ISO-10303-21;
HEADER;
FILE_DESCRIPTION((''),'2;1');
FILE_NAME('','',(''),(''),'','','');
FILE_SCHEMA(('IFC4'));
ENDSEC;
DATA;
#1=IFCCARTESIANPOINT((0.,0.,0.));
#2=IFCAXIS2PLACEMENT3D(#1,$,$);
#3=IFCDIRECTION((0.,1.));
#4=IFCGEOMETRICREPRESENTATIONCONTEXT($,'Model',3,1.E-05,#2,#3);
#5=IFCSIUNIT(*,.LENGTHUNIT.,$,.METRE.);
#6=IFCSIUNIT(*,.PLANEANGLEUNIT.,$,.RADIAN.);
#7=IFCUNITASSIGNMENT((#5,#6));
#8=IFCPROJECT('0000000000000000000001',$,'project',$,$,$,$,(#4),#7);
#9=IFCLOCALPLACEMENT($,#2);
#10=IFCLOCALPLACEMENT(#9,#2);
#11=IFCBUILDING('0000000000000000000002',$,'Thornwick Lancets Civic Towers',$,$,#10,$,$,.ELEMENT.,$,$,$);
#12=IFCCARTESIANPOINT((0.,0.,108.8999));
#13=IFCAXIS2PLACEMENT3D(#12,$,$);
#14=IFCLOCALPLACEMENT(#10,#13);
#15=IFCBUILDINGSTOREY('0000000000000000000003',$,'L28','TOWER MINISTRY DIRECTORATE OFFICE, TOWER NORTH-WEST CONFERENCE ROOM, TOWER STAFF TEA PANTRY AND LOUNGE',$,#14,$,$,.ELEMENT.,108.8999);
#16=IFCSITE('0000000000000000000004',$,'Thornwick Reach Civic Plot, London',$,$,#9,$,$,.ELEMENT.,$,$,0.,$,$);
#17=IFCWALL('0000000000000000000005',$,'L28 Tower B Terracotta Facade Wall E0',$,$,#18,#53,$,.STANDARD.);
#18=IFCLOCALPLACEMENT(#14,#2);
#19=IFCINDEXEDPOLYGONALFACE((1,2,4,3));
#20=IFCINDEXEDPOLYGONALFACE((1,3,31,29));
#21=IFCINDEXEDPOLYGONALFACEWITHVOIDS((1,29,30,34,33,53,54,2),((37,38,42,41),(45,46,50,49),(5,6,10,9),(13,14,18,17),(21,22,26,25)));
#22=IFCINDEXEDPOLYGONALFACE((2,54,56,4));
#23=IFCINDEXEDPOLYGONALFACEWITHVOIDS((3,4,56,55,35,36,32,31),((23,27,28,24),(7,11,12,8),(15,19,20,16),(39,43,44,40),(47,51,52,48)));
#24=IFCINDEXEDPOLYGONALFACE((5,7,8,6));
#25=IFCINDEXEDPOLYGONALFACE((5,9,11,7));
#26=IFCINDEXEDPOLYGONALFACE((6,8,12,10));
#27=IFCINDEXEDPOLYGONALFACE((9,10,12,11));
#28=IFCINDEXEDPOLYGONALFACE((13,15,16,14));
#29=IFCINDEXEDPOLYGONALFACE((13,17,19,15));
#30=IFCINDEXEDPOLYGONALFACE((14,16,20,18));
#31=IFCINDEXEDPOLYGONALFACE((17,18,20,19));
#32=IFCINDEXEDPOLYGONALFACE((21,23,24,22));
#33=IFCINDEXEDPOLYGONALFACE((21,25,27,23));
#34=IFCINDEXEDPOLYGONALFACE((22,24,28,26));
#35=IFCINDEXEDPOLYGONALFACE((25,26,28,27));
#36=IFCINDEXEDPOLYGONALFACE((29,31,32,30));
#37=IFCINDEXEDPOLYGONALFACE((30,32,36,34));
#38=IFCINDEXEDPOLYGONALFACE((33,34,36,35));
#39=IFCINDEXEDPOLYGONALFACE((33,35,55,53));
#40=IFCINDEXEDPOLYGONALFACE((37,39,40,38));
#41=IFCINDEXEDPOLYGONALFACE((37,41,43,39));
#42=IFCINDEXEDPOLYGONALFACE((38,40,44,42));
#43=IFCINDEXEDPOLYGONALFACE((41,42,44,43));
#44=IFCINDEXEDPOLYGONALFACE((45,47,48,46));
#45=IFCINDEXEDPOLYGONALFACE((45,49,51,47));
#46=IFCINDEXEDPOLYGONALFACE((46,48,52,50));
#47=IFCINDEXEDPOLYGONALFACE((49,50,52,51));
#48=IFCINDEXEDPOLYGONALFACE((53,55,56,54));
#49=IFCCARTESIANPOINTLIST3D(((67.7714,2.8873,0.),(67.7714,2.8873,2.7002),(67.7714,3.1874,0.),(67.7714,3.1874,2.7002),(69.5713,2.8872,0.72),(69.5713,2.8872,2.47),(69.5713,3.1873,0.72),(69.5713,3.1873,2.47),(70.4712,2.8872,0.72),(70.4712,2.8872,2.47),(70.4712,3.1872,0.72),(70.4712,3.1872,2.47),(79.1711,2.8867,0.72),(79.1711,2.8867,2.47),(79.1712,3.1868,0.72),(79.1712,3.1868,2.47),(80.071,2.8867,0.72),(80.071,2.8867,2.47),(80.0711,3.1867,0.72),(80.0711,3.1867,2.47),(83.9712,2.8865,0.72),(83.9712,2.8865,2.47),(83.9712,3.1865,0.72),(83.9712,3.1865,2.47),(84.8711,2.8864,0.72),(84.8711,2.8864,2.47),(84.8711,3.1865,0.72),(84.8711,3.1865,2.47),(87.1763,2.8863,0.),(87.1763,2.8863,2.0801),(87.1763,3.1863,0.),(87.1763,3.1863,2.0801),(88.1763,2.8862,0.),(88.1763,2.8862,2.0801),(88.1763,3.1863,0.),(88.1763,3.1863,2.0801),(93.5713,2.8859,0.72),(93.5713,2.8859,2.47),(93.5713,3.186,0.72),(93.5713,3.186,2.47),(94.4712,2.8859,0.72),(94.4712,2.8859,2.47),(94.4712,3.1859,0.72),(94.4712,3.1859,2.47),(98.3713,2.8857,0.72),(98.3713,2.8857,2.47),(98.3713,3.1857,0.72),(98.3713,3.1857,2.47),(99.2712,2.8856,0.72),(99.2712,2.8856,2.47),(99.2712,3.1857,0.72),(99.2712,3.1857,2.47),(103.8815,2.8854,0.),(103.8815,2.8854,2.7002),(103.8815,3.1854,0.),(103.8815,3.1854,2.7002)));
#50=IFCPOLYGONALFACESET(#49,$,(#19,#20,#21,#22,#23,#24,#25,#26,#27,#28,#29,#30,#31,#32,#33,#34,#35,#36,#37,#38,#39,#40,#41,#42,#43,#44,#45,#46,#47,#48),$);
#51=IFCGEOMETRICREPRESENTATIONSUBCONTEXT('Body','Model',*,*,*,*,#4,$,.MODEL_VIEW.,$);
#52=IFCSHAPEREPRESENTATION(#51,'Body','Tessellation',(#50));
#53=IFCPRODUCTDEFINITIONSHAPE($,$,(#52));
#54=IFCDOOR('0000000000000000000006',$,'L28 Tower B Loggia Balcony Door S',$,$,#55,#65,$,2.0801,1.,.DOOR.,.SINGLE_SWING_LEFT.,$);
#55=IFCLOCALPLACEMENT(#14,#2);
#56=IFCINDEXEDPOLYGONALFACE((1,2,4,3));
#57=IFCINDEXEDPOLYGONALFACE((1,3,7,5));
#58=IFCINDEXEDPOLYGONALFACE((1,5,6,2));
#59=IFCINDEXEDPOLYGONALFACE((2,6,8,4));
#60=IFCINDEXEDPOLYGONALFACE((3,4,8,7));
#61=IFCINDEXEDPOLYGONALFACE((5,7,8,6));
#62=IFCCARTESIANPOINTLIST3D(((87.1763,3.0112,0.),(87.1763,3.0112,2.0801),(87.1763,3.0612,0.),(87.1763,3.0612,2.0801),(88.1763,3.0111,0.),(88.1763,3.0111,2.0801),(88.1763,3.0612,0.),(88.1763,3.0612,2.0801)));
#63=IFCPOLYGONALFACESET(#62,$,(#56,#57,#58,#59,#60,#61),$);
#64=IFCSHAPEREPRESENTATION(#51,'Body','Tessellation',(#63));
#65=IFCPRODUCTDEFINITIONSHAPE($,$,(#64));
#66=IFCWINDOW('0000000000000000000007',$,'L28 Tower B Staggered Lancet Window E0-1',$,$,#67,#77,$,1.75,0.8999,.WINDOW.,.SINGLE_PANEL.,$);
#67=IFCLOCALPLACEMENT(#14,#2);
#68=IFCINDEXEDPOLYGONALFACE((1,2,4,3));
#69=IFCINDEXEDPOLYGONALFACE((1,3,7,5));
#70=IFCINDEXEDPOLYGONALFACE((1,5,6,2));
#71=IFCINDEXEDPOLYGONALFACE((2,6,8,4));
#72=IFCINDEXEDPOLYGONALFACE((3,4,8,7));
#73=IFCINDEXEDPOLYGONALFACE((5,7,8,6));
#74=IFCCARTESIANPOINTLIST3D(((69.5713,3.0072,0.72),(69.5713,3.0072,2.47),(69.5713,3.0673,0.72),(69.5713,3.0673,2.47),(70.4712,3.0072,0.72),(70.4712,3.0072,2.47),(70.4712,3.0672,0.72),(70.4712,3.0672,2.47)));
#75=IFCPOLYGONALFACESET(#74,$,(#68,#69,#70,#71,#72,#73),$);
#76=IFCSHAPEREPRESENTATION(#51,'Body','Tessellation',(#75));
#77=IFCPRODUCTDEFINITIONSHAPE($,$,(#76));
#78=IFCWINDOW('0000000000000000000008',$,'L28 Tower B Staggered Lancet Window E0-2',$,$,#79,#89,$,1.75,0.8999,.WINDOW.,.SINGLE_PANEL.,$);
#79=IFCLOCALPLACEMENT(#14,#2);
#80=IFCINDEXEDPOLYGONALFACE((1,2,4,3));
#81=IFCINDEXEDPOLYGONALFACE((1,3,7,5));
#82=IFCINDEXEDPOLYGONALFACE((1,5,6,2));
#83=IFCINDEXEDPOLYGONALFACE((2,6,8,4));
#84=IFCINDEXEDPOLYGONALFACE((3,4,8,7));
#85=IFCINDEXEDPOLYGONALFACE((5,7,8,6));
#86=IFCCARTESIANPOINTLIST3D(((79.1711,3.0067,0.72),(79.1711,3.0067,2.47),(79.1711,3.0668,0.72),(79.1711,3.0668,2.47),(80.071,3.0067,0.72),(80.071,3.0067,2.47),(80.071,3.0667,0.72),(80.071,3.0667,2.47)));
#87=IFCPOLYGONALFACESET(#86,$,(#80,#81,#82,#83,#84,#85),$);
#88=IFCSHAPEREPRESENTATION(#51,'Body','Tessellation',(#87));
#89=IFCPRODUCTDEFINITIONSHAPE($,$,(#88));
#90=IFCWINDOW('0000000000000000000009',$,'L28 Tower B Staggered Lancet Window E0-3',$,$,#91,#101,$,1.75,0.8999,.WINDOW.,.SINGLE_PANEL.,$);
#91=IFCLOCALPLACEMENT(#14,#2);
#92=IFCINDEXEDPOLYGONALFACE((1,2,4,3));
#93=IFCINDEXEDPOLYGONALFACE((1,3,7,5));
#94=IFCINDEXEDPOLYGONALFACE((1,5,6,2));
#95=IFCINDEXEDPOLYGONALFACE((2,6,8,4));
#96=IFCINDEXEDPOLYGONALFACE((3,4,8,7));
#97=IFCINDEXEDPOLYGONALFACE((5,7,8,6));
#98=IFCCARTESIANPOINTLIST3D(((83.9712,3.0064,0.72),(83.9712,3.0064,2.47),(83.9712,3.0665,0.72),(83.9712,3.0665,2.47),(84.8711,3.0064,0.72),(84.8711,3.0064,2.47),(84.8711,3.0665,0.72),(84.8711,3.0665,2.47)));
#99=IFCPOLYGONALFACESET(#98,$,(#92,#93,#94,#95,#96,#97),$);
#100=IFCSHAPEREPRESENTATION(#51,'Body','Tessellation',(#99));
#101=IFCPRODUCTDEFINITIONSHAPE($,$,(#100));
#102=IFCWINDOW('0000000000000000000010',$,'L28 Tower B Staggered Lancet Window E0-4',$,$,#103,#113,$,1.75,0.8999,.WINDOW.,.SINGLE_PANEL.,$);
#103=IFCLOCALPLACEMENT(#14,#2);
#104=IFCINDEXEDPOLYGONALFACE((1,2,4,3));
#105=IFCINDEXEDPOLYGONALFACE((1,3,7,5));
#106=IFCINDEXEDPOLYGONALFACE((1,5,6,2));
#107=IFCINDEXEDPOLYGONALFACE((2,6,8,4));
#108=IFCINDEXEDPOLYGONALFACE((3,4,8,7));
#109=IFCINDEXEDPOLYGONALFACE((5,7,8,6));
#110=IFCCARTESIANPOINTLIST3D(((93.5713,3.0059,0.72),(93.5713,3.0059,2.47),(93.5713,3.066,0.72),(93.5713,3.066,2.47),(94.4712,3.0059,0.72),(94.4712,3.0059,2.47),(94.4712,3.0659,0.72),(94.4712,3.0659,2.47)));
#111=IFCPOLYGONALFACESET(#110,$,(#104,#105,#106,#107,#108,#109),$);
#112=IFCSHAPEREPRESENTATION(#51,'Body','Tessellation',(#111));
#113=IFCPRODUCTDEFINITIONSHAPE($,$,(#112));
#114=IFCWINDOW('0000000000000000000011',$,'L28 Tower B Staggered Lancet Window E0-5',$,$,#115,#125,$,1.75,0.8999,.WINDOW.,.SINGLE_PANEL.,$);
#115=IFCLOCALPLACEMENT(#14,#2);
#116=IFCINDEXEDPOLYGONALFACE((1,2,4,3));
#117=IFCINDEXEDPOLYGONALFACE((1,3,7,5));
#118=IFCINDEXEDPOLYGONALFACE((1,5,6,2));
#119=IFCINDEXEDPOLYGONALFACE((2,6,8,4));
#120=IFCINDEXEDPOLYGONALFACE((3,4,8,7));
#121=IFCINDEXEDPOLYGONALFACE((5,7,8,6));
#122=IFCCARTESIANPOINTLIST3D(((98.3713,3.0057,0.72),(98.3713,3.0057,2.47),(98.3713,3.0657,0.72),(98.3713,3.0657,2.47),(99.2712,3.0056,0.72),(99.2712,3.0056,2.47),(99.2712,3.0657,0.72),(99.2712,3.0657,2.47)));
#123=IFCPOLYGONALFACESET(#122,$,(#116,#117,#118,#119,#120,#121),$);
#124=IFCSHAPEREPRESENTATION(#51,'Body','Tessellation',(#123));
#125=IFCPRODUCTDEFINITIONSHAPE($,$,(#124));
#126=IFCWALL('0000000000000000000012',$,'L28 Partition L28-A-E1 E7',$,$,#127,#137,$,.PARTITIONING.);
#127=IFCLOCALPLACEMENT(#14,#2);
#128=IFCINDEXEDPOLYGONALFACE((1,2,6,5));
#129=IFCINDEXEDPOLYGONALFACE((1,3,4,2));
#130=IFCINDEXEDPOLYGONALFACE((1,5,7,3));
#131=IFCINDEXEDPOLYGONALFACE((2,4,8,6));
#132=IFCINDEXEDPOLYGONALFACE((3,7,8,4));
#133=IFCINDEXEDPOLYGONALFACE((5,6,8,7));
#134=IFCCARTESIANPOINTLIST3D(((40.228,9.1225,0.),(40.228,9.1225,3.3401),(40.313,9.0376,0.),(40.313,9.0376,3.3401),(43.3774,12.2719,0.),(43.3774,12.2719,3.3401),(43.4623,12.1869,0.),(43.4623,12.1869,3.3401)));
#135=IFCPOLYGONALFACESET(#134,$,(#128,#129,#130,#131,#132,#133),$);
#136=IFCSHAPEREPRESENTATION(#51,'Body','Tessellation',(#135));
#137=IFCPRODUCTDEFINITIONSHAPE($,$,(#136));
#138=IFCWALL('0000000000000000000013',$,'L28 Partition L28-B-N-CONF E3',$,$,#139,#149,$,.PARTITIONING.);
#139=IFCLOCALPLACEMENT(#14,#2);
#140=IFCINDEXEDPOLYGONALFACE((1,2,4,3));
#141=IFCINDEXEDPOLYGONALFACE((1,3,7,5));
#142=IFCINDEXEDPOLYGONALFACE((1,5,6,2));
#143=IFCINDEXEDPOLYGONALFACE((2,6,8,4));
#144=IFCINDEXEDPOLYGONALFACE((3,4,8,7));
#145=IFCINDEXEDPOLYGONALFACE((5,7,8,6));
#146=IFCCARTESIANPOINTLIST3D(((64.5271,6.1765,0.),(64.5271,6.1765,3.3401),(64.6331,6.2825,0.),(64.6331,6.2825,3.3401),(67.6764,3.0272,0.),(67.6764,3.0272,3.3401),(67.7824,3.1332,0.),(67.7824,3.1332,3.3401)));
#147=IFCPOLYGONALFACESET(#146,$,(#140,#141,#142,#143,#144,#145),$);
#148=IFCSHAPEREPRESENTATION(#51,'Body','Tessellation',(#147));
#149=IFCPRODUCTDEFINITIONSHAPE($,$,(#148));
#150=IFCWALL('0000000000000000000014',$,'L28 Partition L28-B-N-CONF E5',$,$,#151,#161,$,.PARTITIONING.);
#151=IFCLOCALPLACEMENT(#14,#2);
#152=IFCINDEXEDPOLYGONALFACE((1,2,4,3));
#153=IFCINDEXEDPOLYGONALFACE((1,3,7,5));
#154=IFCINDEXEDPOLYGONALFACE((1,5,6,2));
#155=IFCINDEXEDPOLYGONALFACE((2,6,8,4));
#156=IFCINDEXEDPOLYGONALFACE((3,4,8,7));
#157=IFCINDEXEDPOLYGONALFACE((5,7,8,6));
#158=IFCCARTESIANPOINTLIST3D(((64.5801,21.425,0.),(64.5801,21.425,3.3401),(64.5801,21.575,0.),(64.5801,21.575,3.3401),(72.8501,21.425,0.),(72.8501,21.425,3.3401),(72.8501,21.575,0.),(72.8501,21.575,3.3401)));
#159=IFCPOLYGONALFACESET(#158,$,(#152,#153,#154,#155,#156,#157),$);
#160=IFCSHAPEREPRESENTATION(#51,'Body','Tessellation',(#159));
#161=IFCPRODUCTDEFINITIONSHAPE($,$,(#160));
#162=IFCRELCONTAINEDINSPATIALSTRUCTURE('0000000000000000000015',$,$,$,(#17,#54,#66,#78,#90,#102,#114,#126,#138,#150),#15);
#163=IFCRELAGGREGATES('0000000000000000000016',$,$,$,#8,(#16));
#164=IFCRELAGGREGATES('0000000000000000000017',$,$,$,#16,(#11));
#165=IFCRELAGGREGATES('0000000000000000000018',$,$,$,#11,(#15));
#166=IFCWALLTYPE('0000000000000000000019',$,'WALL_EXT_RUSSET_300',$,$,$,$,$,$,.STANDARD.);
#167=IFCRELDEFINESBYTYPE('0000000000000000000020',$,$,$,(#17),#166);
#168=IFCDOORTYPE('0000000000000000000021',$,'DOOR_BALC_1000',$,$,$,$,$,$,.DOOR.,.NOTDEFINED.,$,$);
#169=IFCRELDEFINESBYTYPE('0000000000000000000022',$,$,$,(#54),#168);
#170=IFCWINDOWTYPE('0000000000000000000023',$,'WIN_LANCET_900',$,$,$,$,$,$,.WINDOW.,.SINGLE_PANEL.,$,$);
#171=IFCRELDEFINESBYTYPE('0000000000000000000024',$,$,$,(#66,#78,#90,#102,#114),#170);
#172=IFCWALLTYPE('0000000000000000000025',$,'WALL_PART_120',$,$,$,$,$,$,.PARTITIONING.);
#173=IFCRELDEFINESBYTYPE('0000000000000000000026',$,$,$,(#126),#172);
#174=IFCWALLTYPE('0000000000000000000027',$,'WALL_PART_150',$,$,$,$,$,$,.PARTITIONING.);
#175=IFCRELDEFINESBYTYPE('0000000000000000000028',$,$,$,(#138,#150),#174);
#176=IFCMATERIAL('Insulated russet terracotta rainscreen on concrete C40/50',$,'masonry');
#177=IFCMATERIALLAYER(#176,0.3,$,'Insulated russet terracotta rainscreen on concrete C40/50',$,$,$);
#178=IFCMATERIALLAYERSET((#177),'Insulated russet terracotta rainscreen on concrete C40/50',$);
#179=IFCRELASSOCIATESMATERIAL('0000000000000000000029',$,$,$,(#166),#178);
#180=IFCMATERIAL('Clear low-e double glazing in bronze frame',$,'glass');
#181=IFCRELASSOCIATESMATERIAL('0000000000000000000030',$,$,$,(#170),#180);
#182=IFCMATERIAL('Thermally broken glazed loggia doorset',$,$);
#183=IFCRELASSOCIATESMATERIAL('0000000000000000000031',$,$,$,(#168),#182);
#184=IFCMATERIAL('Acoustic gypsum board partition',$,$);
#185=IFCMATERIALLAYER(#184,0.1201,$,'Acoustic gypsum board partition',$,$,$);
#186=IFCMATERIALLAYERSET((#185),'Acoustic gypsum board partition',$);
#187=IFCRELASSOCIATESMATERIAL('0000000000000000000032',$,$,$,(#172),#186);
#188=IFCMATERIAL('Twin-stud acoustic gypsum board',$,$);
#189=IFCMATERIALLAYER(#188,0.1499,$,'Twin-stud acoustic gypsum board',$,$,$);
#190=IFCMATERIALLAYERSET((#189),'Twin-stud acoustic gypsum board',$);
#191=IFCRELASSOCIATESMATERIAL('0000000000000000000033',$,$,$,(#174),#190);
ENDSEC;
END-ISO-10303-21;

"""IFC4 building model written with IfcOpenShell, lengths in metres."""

from ifc_helpers import new_model, si_unit, direction, frame, frame_2d, origin, place, context, subcontext, project, spatial, rectangle, extrude, material, layer, layer_set, type_object, element, fill, save


model = new_model("IFC4")

# Units and contexts
model_context = context("Model", 3, precision=1e-05, world=origin(), true_north=direction((0.0, 1.0)))
body_context = subcontext(model_context, "Body", "Model", "MODEL_VIEW")
ifc_project = project(units=[si_unit("LENGTHUNIT", "METRE"), si_unit("PLANEANGLEUNIT", "RADIAN")], contexts=[model_context])

# Site, building, storey
site_placement = place(None, origin())
site = spatial("IfcSite", under=ifc_project, at=site_placement, Name="Thornwick Reach Civic Plot, London", CompositionType="ELEMENT", RefElevation=0.0)
building_placement = place(site_placement, origin())
building = spatial("IfcBuilding", under=site, at=building_placement, Name="Thornwick Lancets Civic Towers", CompositionType="ELEMENT")
storey_placement = place(building_placement, frame((0.0, 0.0, 108.8999)))
storey = spatial("IfcBuildingStorey", under=building, at=storey_placement, Name="L28", Description="TOWER MINISTRY DIRECTORATE OFFICE, TOWER NORTH-WEST CONFERENCE ROOM, TOWER STAFF TEA PANTRY AND LOUNGE", CompositionType="ELEMENT", Elevation=108.8999)

# Shared definitions
ifc_material_1 = material(Name="Insulated russet terracotta rainscreen on concrete C40/50", Category="masonry")
ifc_layer_1 = layer(ifc_material_1, 0.3, Name="Insulated russet terracotta rainscreen on concrete C40/50")
ifc_layer_set_1 = layer_set([ifc_layer_1], Name="Insulated russet terracotta rainscreen on concrete C40/50")
wall_type_1 = type_object("IfcWallType", Name="WALL_EXT_RUSSET_300", PredefinedType="STANDARD", material=ifc_layer_set_1)
ifc_material_2 = material(Name="Clear low-e double glazing in bronze frame", Category="glass")
window_type = type_object("IfcWindowType", Name="WIN_LANCET_900", PartitioningType="SINGLE_PANEL", PredefinedType="WINDOW", material=ifc_material_2)

# Wall, openings, door, windows
wall_1_placement = place(storey_placement, frame((67.7712, 3.0374, 0.0), z_axis=(0.0, 0.0, 1.0), x_axis=(1.0, -0.000054, 0.0)))
wall_1 = element("IfcWall", 1, at=wall_1_placement, inside=storey, type_object=wall_type_1, Name="L28 Tower B Terracotta Facade Wall E0", PredefinedType="STANDARD", context=body_context, shape_type="SweptSolid", body=[
    extrude(rectangle(XDim=36.1101, YDim=0.3, at=frame_2d((18.0552, 0.0))), origin(), (0.0, 0.0, 1.0), 2.7002),
])
opening_1_placement = place(wall_1_placement, frame((19.405, 0.0, 0.0)))
opening_1 = element("IfcOpeningElement", 2, at=opening_1_placement, cuts=wall_1, PredefinedType="OPENING", context=body_context, shape_type="SweptSolid", body=[
    extrude(rectangle(XDim=1.0, YDim=2.0801, at=frame_2d((0.5, 1.04))), frame((0.0, 0.1602, 0.0), z_axis=(0.0, -1.0, 0.0), x_axis=(1.0, 0.0, 0.0)), (0.0, 0.0, 1.0), 0.3201),
])
opening_2_placement = place(wall_1_placement, frame((1.8, 0.0, 0.72)))
opening_2 = element("IfcOpeningElement", 3, at=opening_2_placement, cuts=wall_1, PredefinedType="OPENING", context=body_context, shape_type="SweptSolid", body=[
    extrude(rectangle(XDim=0.8999, YDim=1.75, at=frame_2d((0.45, 0.875))), frame((0.0, 0.1602, 0.0), z_axis=(0.0, -1.0, 0.0), x_axis=(1.0, 0.0, 0.0)), (0.0, 0.0, 1.0), 0.3201),
])
opening_3_placement = place(wall_1_placement, frame((11.3999, 0.0, 0.72)))
opening_3 = element("IfcOpeningElement", 4, at=opening_3_placement, cuts=wall_1, PredefinedType="OPENING", context=body_context, shape_type="SweptSolid", body=[
    extrude(rectangle(XDim=0.8999, YDim=1.75, at=frame_2d((0.45, 0.875))), frame((0.0, 0.1602, 0.0), z_axis=(0.0, -1.0, 0.0), x_axis=(1.0, 0.0, 0.0)), (0.0, 0.0, 1.0), 0.3201),
])
opening_4_placement = place(wall_1_placement, frame((16.2, 0.0, 0.72)))
opening_4 = element("IfcOpeningElement", 5, at=opening_4_placement, cuts=wall_1, PredefinedType="OPENING", context=body_context, shape_type="SweptSolid", body=[
    extrude(rectangle(XDim=0.8999, YDim=1.75, at=frame_2d((0.45, 0.875))), frame((0.0, 0.1602, 0.0), z_axis=(0.0, -1.0, 0.0), x_axis=(1.0, 0.0, 0.0)), (0.0, 0.0, 1.0), 0.3201),
])
opening_5_placement = place(wall_1_placement, frame((25.8, 0.0, 0.72)))
opening_5 = element("IfcOpeningElement", 6, at=opening_5_placement, cuts=wall_1, PredefinedType="OPENING", context=body_context, shape_type="SweptSolid", body=[
    extrude(rectangle(XDim=0.8999, YDim=1.75, at=frame_2d((0.45, 0.875))), frame((0.0, 0.1602, 0.0), z_axis=(0.0, -1.0, 0.0), x_axis=(1.0, 0.0, 0.0)), (0.0, 0.0, 1.0), 0.3201),
])
opening_6_placement = place(wall_1_placement, frame((30.6001, 0.0, 0.72)))
opening_6 = element("IfcOpeningElement", 7, at=opening_6_placement, cuts=wall_1, PredefinedType="OPENING", context=body_context, shape_type="SweptSolid", body=[
    extrude(rectangle(XDim=0.8999, YDim=1.75, at=frame_2d((0.45, 0.875))), frame((0.0, 0.1602, 0.0), z_axis=(0.0, -1.0, 0.0), x_axis=(1.0, 0.0, 0.0)), (0.0, 0.0, 1.0), 0.3201),
])
ifc_material_3 = material(Name="Thermally broken glazed loggia doorset")
door_type = type_object("IfcDoorType", Name="DOOR_BALC_1000", OperationType="NOTDEFINED", PredefinedType="DOOR", material=ifc_material_3)
door_placement = place(opening_1_placement, origin())
door = element("IfcDoor", 8, at=door_placement, inside=storey, type_object=door_type, Name="L28 Tower B Loggia Balcony Door S", OperationType="SINGLE_SWING_LEFT", OverallHeight=2.0801, OverallWidth=1.0, PredefinedType="DOOR", context=body_context, shape_type="SweptSolid", body=[
    extrude(rectangle(XDim=1.0, YDim=2.0801, at=frame_2d((0.5, 1.04))), frame((0.0, 0.0249, 0.0), z_axis=(0.0, -1.0, 0.0), x_axis=(1.0, 0.0, 0.0)), (0.0, 0.0, 1.0), 0.05),
])
fill(opening_1, door)
window_1_placement = place(opening_2_placement, origin())
window_1 = element("IfcWindow", 9, at=window_1_placement, inside=storey, type_object=window_type, Name="L28 Tower B Staggered Lancet Window E0-1", OverallHeight=1.75, OverallWidth=0.8999, PartitioningType="SINGLE_PANEL", PredefinedType="WINDOW", context=body_context, shape_type="SweptSolid", body=[
    extrude(rectangle(XDim=0.8999, YDim=1.75, at=frame_2d((0.45, 0.875))), frame((0.0, 0.03, 0.0), z_axis=(0.0, -1.0, 0.0), x_axis=(1.0, 0.0, 0.0)), (0.0, 0.0, 1.0), 0.0601),
])
fill(opening_2, window_1)
window_2_placement = place(opening_3_placement, origin())
window_2 = element("IfcWindow", 10, at=window_2_placement, inside=storey, type_object=window_type, Name="L28 Tower B Staggered Lancet Window E0-2", OverallHeight=1.75, OverallWidth=0.8999, PartitioningType="SINGLE_PANEL", PredefinedType="WINDOW", context=body_context, shape_type="SweptSolid", body=[
    extrude(rectangle(XDim=0.8999, YDim=1.75, at=frame_2d((0.45, 0.875))), frame((0.0, 0.03, 0.0), z_axis=(0.0, -1.0, 0.0), x_axis=(1.0, 0.0, 0.0)), (0.0, 0.0, 1.0), 0.0601),
])
fill(opening_3, window_2)
window_3_placement = place(opening_4_placement, origin())
window_3 = element("IfcWindow", 11, at=window_3_placement, inside=storey, type_object=window_type, Name="L28 Tower B Staggered Lancet Window E0-3", OverallHeight=1.75, OverallWidth=0.8999, PartitioningType="SINGLE_PANEL", PredefinedType="WINDOW", context=body_context, shape_type="SweptSolid", body=[
    extrude(rectangle(XDim=0.8999, YDim=1.75, at=frame_2d((0.45, 0.875))), frame((0.0, 0.03, 0.0), z_axis=(0.0, -1.0, 0.0), x_axis=(1.0, 0.0, 0.0)), (0.0, 0.0, 1.0), 0.0601),
])
fill(opening_4, window_3)
window_4_placement = place(opening_5_placement, origin())
window_4 = element("IfcWindow", 12, at=window_4_placement, inside=storey, type_object=window_type, Name="L28 Tower B Staggered Lancet Window E0-4", OverallHeight=1.75, OverallWidth=0.8999, PartitioningType="SINGLE_PANEL", PredefinedType="WINDOW", context=body_context, shape_type="SweptSolid", body=[
    extrude(rectangle(XDim=0.8999, YDim=1.75, at=frame_2d((0.45, 0.875))), frame((0.0, 0.03, 0.0), z_axis=(0.0, -1.0, 0.0), x_axis=(1.0, 0.0, 0.0)), (0.0, 0.0, 1.0), 0.0601),
])
fill(opening_5, window_4)
window_5_placement = place(opening_6_placement, origin())
window_5 = element("IfcWindow", 13, at=window_5_placement, inside=storey, type_object=window_type, Name="L28 Tower B Staggered Lancet Window E0-5", OverallHeight=1.75, OverallWidth=0.8999, PartitioningType="SINGLE_PANEL", PredefinedType="WINDOW", context=body_context, shape_type="SweptSolid", body=[
    extrude(rectangle(XDim=0.8999, YDim=1.75, at=frame_2d((0.45, 0.875))), frame((0.0, 0.03, 0.0), z_axis=(0.0, -1.0, 0.0), x_axis=(1.0, 0.0, 0.0)), (0.0, 0.0, 1.0), 0.0601),
])
fill(opening_6, window_5)

# Walls
ifc_material_4 = material(Name="Acoustic gypsum board partition")
ifc_layer_2 = layer(ifc_material_4, 0.1201, Name="Acoustic gypsum board partition")
ifc_layer_set_2 = layer_set([ifc_layer_2], Name="Acoustic gypsum board partition")
wall_type_2 = type_object("IfcWallType", Name="WALL_PART_120", PredefinedType="PARTITIONING", material=ifc_layer_set_2)
wall_2_placement = place(storey_placement, frame((43.4199, 12.2295, 0.0), z_axis=(0.0, 0.0, 1.0), x_axis=(-0.707107, -0.707107, 0.0)))
element("IfcWall", 14, at=wall_2_placement, inside=storey, type_object=wall_type_2, Name="L28 Partition L28-A-E1 E7", PredefinedType="PARTITIONING", context=body_context, shape_type="SweptSolid", body=[
    extrude(rectangle(XDim=4.4539, YDim=0.1201, at=frame_2d((2.2271, 0.0))), origin(), (0.0, 0.0, 1.0), 3.3401),
])
ifc_material_5 = material(Name="Twin-stud acoustic gypsum board")
ifc_layer_3 = layer(ifc_material_5, 0.1499, Name="Twin-stud acoustic gypsum board")
ifc_layer_set_3 = layer_set([ifc_layer_3], Name="Twin-stud acoustic gypsum board")
wall_type_3 = type_object("IfcWallType", Name="WALL_PART_150", PredefinedType="PARTITIONING", material=ifc_layer_set_3)
wall_3_placement = place(storey_placement, frame((67.7295, 3.0801, 0.0), z_axis=(0.0, 0.0, 1.0), x_axis=(-0.707107, 0.707107, 0.0)))
element("IfcWall", 15, at=wall_3_placement, inside=storey, type_object=wall_type_3, Name="L28 Partition L28-B-N-CONF E3", PredefinedType="PARTITIONING", context=body_context, shape_type="SweptSolid", body=[
    extrude(rectangle(XDim=4.4539, YDim=0.1499, at=frame_2d((2.2271, 0.0))), origin(), (0.0, 0.0, 1.0), 3.3401),
])
wall_4_placement = place(storey_placement, frame((64.5801, 21.5, 0.0), z_axis=(0.0, 0.0, 1.0), x_axis=(1.0, 0.0, 0.0)))
element("IfcWall", 16, at=wall_4_placement, inside=storey, type_object=wall_type_3, Name="L28 Partition L28-B-N-CONF E5", PredefinedType="PARTITIONING", context=body_context, shape_type="SweptSolid", body=[
    extrude(rectangle(XDim=8.27, YDim=0.1499, at=frame_2d((4.135, 0.0))), origin(), (0.0, 0.0, 1.0), 3.3401),
])

save(model, "model.ifc")
